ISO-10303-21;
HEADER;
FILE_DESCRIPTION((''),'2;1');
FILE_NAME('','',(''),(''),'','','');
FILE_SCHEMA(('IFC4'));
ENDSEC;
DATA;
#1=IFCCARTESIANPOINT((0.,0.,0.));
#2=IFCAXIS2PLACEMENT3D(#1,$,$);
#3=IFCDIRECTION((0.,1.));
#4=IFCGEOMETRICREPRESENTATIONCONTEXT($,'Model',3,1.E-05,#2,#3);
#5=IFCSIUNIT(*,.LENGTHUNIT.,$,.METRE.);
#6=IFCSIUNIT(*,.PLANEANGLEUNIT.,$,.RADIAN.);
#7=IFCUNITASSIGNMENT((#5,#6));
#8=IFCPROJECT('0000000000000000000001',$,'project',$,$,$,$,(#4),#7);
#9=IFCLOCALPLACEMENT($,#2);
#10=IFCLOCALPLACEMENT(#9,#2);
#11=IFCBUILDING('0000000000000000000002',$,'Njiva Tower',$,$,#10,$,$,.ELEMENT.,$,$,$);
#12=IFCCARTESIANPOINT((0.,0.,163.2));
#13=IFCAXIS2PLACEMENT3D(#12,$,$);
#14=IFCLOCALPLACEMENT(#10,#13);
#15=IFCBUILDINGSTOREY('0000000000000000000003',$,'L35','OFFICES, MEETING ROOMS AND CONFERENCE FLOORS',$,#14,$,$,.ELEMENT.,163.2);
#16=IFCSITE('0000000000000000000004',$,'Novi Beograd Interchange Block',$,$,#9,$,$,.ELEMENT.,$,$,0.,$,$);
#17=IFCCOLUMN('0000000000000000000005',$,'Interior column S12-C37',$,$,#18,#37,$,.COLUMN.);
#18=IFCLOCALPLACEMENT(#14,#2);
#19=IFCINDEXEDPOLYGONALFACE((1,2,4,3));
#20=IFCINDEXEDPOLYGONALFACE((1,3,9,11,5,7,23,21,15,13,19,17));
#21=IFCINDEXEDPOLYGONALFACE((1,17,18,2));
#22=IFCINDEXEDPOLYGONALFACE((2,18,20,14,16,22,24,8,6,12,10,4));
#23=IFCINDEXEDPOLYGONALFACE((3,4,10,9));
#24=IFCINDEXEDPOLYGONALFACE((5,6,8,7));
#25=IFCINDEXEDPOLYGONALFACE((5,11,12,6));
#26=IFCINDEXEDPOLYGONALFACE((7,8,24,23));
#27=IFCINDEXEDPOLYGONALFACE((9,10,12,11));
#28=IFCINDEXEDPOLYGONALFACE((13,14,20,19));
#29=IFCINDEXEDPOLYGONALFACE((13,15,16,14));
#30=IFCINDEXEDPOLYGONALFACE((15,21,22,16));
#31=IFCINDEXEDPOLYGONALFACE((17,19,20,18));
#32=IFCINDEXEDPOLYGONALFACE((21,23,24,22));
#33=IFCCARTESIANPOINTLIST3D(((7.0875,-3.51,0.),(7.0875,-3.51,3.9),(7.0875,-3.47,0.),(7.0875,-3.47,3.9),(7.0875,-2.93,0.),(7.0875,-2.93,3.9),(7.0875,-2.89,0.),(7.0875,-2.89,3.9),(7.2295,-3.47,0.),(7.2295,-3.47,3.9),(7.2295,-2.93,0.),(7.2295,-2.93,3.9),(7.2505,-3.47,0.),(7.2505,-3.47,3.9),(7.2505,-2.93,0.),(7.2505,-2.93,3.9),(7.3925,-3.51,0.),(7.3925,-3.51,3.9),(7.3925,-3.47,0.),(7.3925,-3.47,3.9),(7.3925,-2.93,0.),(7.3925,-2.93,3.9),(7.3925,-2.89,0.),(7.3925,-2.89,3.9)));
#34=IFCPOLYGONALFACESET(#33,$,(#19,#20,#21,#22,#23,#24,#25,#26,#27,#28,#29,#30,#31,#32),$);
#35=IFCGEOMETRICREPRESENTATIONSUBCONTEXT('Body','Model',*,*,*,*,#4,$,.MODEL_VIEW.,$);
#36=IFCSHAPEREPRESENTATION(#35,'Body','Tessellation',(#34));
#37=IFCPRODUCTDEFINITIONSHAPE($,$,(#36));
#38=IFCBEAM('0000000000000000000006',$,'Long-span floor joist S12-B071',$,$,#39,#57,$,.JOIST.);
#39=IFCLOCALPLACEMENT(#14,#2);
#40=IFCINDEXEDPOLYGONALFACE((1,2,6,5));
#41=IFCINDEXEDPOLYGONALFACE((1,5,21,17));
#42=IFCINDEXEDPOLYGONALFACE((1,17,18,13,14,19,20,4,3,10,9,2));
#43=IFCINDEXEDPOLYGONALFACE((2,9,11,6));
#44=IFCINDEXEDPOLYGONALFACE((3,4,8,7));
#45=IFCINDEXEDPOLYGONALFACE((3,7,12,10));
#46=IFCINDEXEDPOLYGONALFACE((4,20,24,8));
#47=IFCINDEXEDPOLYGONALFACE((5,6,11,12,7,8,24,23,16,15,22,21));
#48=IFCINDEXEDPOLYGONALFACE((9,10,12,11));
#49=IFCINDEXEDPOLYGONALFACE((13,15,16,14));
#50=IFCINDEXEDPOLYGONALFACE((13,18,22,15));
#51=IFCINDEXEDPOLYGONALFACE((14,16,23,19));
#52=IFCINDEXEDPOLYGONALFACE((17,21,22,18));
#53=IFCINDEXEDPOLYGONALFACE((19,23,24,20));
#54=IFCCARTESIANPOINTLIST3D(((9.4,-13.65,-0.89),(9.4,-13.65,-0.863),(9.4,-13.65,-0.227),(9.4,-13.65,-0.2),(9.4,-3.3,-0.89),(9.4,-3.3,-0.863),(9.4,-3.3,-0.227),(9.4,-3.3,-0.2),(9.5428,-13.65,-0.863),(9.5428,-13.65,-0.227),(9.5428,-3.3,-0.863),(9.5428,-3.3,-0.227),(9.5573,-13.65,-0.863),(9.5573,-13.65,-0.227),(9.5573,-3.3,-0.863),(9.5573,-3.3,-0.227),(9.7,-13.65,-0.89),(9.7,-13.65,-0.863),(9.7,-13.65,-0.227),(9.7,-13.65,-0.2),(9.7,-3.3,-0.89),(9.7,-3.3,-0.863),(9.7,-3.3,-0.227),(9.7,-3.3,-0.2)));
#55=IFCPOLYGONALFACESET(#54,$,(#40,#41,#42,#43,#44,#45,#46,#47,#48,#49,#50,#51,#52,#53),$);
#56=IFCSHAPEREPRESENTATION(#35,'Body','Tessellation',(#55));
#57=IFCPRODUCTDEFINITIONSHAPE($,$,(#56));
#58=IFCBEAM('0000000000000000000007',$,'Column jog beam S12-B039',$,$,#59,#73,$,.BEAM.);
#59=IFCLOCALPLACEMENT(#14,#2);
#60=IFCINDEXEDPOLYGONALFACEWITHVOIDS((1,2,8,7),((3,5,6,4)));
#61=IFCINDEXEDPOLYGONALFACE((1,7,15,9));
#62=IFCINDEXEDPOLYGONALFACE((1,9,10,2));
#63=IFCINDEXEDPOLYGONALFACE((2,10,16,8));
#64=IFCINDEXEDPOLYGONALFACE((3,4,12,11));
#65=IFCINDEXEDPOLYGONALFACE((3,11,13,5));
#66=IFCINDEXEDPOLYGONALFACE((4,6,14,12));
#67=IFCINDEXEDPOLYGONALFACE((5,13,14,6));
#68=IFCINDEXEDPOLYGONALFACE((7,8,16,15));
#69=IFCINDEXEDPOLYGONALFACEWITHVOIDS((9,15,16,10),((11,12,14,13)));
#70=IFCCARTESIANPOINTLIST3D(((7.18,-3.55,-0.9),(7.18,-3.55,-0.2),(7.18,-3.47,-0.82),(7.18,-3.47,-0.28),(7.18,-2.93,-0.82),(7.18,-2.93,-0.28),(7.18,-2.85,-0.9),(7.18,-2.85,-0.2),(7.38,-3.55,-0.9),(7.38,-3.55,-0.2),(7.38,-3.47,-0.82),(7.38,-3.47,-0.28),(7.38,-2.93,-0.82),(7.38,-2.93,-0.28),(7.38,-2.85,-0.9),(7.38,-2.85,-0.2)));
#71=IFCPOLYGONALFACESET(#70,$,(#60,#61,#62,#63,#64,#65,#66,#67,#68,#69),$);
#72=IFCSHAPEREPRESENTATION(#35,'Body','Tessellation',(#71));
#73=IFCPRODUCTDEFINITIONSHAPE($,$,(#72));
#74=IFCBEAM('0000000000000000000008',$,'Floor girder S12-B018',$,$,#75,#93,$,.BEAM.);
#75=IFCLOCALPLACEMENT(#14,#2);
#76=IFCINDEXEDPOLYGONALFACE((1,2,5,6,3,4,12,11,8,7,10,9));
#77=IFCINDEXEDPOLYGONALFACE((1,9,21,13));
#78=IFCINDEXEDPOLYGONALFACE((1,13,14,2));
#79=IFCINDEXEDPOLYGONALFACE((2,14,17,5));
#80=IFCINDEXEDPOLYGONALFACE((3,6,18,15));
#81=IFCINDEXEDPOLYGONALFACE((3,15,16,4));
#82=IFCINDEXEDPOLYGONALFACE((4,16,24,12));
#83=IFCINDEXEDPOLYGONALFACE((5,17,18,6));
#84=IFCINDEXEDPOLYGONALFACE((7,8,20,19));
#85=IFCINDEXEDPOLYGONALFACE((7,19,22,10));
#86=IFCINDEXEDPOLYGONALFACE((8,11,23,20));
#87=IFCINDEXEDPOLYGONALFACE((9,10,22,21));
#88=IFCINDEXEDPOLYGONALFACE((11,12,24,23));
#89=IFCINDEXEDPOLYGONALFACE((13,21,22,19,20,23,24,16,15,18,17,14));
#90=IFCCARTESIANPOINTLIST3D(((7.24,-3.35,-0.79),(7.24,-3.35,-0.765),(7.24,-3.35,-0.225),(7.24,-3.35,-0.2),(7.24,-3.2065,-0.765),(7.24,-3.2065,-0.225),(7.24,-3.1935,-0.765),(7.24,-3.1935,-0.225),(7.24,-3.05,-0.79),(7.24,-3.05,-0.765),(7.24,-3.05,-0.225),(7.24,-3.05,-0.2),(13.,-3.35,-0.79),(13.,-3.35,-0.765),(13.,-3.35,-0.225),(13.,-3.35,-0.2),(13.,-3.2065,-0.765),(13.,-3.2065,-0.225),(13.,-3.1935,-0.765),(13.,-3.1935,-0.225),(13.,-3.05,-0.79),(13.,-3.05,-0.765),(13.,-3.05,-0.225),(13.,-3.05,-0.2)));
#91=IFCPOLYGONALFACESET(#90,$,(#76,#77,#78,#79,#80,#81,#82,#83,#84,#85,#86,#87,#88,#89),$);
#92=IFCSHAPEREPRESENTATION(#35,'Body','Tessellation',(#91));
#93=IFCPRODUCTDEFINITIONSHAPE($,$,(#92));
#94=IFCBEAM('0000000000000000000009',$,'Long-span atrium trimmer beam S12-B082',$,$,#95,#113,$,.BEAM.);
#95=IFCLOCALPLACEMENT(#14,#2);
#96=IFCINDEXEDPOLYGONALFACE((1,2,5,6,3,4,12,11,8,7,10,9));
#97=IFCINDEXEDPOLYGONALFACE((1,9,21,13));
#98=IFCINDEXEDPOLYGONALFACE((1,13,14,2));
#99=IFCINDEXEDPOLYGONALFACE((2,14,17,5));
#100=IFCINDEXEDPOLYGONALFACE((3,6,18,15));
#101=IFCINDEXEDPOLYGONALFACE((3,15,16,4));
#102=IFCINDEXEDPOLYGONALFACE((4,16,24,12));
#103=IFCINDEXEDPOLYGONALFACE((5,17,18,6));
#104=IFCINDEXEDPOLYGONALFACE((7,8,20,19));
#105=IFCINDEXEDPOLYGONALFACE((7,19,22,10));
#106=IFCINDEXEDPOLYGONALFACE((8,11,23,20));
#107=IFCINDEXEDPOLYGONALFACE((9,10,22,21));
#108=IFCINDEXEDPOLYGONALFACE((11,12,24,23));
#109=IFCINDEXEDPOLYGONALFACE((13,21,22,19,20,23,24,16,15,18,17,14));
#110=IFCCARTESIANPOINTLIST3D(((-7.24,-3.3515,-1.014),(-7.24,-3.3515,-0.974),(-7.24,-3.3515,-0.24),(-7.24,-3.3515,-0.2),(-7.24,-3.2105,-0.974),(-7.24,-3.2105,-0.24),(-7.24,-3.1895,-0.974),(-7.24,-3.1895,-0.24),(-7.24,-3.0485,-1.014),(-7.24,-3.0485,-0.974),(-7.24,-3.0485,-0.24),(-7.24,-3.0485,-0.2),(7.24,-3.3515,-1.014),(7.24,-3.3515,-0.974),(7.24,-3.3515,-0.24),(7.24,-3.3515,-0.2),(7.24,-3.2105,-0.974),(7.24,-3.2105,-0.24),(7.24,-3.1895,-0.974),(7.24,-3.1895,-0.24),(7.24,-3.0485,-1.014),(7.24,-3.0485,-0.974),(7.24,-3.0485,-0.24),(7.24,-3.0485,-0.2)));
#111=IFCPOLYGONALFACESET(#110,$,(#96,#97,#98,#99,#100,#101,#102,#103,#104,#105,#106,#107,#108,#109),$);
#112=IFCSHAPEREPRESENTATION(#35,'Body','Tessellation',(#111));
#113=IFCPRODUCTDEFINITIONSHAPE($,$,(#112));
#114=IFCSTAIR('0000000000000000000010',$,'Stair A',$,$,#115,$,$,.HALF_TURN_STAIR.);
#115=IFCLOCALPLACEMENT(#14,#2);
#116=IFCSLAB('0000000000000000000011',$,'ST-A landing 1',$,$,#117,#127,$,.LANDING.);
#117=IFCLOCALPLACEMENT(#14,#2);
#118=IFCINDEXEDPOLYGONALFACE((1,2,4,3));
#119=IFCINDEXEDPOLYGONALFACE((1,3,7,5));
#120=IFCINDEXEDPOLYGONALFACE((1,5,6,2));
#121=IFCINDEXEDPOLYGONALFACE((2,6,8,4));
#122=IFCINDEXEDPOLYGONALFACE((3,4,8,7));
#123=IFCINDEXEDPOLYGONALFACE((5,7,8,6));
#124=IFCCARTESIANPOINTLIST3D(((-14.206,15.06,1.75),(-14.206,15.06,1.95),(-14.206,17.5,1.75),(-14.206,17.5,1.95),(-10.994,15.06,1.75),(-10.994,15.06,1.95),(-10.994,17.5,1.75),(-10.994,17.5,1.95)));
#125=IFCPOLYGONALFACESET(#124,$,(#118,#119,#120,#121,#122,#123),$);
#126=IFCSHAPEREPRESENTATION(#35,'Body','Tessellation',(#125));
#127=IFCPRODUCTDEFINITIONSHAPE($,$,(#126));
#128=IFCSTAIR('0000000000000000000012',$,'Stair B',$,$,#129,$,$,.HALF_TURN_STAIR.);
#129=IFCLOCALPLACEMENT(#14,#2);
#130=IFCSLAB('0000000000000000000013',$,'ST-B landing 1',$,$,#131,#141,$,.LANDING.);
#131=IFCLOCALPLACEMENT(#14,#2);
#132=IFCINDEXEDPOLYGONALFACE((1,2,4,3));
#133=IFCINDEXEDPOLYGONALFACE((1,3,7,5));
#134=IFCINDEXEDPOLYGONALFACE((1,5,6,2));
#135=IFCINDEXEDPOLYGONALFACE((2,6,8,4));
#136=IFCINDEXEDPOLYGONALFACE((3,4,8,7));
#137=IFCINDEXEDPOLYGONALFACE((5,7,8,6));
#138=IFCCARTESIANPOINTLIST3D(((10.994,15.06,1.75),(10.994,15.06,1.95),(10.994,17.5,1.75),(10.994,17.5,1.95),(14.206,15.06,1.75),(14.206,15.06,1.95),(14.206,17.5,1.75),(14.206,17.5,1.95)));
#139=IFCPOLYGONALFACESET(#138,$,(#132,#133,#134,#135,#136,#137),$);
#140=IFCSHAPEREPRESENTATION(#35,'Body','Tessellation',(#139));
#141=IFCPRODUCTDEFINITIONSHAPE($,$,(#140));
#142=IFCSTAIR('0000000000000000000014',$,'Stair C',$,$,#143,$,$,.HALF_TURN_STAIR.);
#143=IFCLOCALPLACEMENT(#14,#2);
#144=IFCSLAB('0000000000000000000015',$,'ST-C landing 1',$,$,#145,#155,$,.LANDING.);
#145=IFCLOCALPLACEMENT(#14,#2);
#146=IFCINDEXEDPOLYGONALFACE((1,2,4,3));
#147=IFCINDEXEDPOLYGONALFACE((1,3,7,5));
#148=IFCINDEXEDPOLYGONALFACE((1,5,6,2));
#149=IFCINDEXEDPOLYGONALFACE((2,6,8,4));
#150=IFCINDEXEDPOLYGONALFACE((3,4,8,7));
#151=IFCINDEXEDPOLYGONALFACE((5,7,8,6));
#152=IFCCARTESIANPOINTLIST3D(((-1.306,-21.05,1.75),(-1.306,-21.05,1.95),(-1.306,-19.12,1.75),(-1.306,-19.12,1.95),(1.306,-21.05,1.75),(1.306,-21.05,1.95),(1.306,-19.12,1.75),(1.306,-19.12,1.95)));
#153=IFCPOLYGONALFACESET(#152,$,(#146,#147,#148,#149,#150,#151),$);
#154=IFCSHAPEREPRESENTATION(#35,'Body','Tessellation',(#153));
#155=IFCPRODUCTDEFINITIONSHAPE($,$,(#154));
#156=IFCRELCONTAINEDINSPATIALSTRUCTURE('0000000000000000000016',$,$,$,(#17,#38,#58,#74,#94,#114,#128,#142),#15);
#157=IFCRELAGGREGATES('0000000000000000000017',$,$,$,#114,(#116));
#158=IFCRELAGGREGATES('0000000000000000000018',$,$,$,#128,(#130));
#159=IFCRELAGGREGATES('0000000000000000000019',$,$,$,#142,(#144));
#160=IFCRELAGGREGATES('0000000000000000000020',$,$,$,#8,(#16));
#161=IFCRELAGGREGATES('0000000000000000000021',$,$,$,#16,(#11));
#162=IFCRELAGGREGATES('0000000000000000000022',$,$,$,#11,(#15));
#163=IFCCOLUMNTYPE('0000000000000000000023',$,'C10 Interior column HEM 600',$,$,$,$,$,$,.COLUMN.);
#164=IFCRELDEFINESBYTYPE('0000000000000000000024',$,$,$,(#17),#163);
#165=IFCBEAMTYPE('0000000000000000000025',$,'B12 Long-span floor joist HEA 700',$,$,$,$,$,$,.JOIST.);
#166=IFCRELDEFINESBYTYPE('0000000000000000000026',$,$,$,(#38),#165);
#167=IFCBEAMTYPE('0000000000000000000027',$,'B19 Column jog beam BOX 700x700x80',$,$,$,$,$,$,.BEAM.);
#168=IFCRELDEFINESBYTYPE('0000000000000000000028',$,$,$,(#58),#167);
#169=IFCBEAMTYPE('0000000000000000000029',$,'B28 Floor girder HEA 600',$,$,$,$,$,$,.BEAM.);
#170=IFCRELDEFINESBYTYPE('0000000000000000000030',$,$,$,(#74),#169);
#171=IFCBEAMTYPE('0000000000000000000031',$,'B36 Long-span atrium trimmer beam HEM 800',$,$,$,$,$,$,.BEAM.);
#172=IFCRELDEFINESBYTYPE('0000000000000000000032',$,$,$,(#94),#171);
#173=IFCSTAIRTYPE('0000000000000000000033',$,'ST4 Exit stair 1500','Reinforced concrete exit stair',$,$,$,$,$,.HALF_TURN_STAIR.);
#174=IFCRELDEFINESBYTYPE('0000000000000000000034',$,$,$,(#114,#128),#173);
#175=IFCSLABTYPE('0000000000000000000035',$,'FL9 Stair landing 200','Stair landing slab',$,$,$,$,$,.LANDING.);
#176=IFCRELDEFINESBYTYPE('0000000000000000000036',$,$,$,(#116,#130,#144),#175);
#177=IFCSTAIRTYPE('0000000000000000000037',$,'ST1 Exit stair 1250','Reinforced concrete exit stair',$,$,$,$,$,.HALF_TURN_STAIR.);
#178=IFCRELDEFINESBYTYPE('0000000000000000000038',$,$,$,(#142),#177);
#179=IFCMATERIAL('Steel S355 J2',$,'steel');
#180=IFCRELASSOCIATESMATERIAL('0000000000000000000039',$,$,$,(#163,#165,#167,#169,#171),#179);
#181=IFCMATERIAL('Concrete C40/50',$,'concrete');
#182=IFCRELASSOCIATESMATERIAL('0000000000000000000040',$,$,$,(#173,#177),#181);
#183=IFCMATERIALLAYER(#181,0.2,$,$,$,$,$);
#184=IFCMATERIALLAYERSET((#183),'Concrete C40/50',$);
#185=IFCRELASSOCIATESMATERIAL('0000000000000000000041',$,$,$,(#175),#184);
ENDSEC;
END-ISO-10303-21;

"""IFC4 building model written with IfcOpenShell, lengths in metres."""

from ifc_helpers import new_model, si_unit, direction, frame, origin, origin_2d, place, context, subcontext, project, spatial, polyline, hollow_rectangle, i_section, outline, extrude, material, layer, layer_set, material_profile, profile_set, type_object, element, aggregate, save


model = new_model("IFC4")

# Units and contexts
model_context = context("Model", 3, precision=1e-05, world=origin(), true_north=direction((0.0, 1.0)))
body_context = subcontext(model_context, "Body", "Model", "MODEL_VIEW")
ifc_project = project(units=[si_unit("LENGTHUNIT", "METRE"), si_unit("PLANEANGLEUNIT", "RADIAN")], contexts=[model_context])

# Site, building, storey
site_placement = place(None, origin())
site = spatial("IfcSite", under=ifc_project, at=site_placement, Name="Novi Beograd Interchange Block", CompositionType="ELEMENT", RefElevation=0.0)
building_placement = place(site_placement, origin())
building = spatial("IfcBuilding", under=site, at=building_placement, Name="Njiva Tower", CompositionType="ELEMENT")
storey_placement = place(building_placement, frame((0.0, 0.0, 163.2)))
storey = spatial("IfcBuildingStorey", under=building, at=storey_placement, Name="L35", Description="OFFICES, MEETING ROOMS AND CONFERENCE FLOORS", CompositionType="ELEMENT", Elevation=163.2)

# Column
ifc_material_1 = material(Name="Steel S355 J2", Category="steel")
ifc_material_profile_1 = material_profile(ifc_material_1, i_section(OverallWidth=0.305, OverallDepth=0.62, WebThickness=0.021, FlangeThickness=0.04, at=origin_2d()), Name="HEM 600")
ifc_profile_set_1 = profile_set([ifc_material_profile_1], Name="Steel S355 J2")
column_type = type_object("IfcColumnType", Name="C10 Interior column HEM 600", PredefinedType="COLUMN", material=ifc_profile_set_1)
column_placement = place(storey_placement, frame((7.24, -3.2, 0.0), z_axis=(0.0, 0.0, 1.0), x_axis=(1.0, 0.0, 0.0)))
element("IfcColumn", 1, at=column_placement, inside=storey, type_object=column_type, Name="Interior column S12-C37", PredefinedType="COLUMN", context=body_context, shape_type="SweptSolid", body=[
    extrude(i_section(OverallWidth=0.305, OverallDepth=0.62, WebThickness=0.021, FlangeThickness=0.04, at=origin_2d()), origin(), (0.0, 0.0, 1.0), 3.9),
])

# Beams
ifc_material_profile_2 = material_profile(ifc_material_1, i_section(OverallWidth=0.3, OverallDepth=0.69, WebThickness=0.0145, FlangeThickness=0.027, at=origin_2d()), Name="HEA 700")
ifc_profile_set_2 = profile_set([ifc_material_profile_2], Name="Steel S355 J2")
beam_type_1 = type_object("IfcBeamType", Name="B12 Long-span floor joist HEA 700", PredefinedType="JOIST", material=ifc_profile_set_2)
beam_1_placement = place(storey_placement, frame((9.55, -3.3, -0.545), z_axis=(0.0, -1.0, 0.0), x_axis=(1.0, 0.0, 0.0)))
element("IfcBeam", 2, at=beam_1_placement, inside=storey, type_object=beam_type_1, Name="Long-span floor joist S12-B071", PredefinedType="JOIST", context=body_context, shape_type="SweptSolid", body=[
    extrude(i_section(OverallWidth=0.3, OverallDepth=0.69, WebThickness=0.0145, FlangeThickness=0.027, at=origin_2d()), origin(), (0.0, 0.0, 1.0), 10.35),
])
ifc_material_profile_3 = material_profile(ifc_material_1, hollow_rectangle(XDim=0.7, YDim=0.7, WallThickness=0.08, at=origin_2d()), Name="BOX 700x700x80")
ifc_profile_set_3 = profile_set([ifc_material_profile_3], Name="Steel S355 J2")
beam_type_2 = type_object("IfcBeamType", Name="B19 Column jog beam BOX 700x700x80", PredefinedType="BEAM", material=ifc_profile_set_3)
beam_2_placement = place(storey_placement, frame((7.38, -3.2, -0.55), z_axis=(-1.0, 0.0, 0.0), x_axis=(0.0, -1.0, 0.0)))
element("IfcBeam", 3, at=beam_2_placement, inside=storey, type_object=beam_type_2, Name="Column jog beam S12-B039", PredefinedType="BEAM", context=body_context, shape_type="SweptSolid", body=[
    extrude(hollow_rectangle(XDim=0.7, YDim=0.7, WallThickness=0.08, at=origin_2d()), origin(), (0.0, 0.0, 1.0), 0.2),
])
ifc_material_profile_4 = material_profile(ifc_material_1, i_section(OverallWidth=0.3, OverallDepth=0.59, WebThickness=0.013, FlangeThickness=0.025, at=origin_2d()), Name="HEA 600")
ifc_profile_set_4 = profile_set([ifc_material_profile_4], Name="Steel S355 J2")
beam_type_3 = type_object("IfcBeamType", Name="B28 Floor girder HEA 600", PredefinedType="BEAM", material=ifc_profile_set_4)
beam_3_placement = place(storey_placement, frame((7.24, -3.2, -0.495), z_axis=(1.0, 0.0, 0.0), x_axis=(0.0, 1.0, 0.0)))
element("IfcBeam", 4, at=beam_3_placement, inside=storey, type_object=beam_type_3, Name="Floor girder S12-B018", PredefinedType="BEAM", context=body_context, shape_type="SweptSolid", body=[
    extrude(i_section(OverallWidth=0.3, OverallDepth=0.59, WebThickness=0.013, FlangeThickness=0.025, at=origin_2d()), origin(), (0.0, 0.0, 1.0), 5.76),
])
ifc_material_profile_5 = material_profile(ifc_material_1, i_section(OverallWidth=0.303, OverallDepth=0.814, WebThickness=0.021, FlangeThickness=0.04, at=origin_2d()), Name="HEM 800")
ifc_profile_set_5 = profile_set([ifc_material_profile_5], Name="Steel S355 J2")
beam_type_4 = type_object("IfcBeamType", Name="B36 Long-span atrium trimmer beam HEM 800", PredefinedType="BEAM", material=ifc_profile_set_5)
beam_4_placement = place(storey_placement, frame((7.24, -3.2, -0.607), z_axis=(-1.0, 0.0, 0.0), x_axis=(0.0, -1.0, 0.0)))
element("IfcBeam", 5, at=beam_4_placement, inside=storey, type_object=beam_type_4, Name="Long-span atrium trimmer beam S12-B082", PredefinedType="BEAM", context=body_context, shape_type="SweptSolid", body=[
    extrude(i_section(OverallWidth=0.303, OverallDepth=0.814, WebThickness=0.021, FlangeThickness=0.04, at=origin_2d()), origin(), (0.0, 0.0, 1.0), 14.48),
])

# Stairs, slabs
ifc_material_2 = material(Name="Concrete C40/50", Category="concrete")
stair_type_1 = type_object("IfcStairType", Name="ST4 Exit stair 1500", Description="Reinforced concrete exit stair", PredefinedType="HALF_TURN_STAIR", material=ifc_material_2)
stair_1_placement = place(storey_placement, origin())
stair_1 = element("IfcStair", 6, at=stair_1_placement, inside=storey, type_object=stair_type_1, Name="Stair A", PredefinedType="HALF_TURN_STAIR")
ifc_layer_1 = layer(ifc_material_2, 0.2)
ifc_layer_set_1 = layer_set([ifc_layer_1], Name="Concrete C40/50")
slab_type_1 = type_object("IfcSlabType", Name="FL9 Stair landing 200", Description="Stair landing slab", PredefinedType="LANDING", material=ifc_layer_set_1)
slab_1_placement = place(storey_placement, frame((0.0, 0.0, 1.75)))
slab_1 = element("IfcSlab", 7, at=slab_1_placement, type_object=slab_type_1, Name="ST-A landing 1", PredefinedType="LANDING", context=body_context, shape_type="SweptSolid", body=[
    extrude(outline(polyline([(-14.206, 15.06), (-10.994, 15.06), (-10.994, 17.5), (-14.206, 17.5), (-14.206, 15.06)])), origin(), (0.0, 0.0, 1.0), 0.2),
])
aggregate(stair_1, [slab_1])
stair_2_placement = place(storey_placement, origin())
stair_2 = element("IfcStair", 8, at=stair_2_placement, inside=storey, type_object=stair_type_1, Name="Stair B", PredefinedType="HALF_TURN_STAIR")
slab_2_placement = place(storey_placement, frame((0.0, 0.0, 1.75)))
slab_2 = element("IfcSlab", 9, at=slab_2_placement, type_object=slab_type_1, Name="ST-B landing 1", PredefinedType="LANDING", context=body_context, shape_type="SweptSolid", body=[
    extrude(outline(polyline([(10.994, 15.06), (14.206, 15.06), (14.206, 17.5), (10.994, 17.5), (10.994, 15.06)])), origin(), (0.0, 0.0, 1.0), 0.2),
])
aggregate(stair_2, [slab_2])
stair_type_2 = type_object("IfcStairType", Name="ST1 Exit stair 1250", Description="Reinforced concrete exit stair", PredefinedType="HALF_TURN_STAIR", material=ifc_material_2)
stair_3_placement = place(storey_placement, origin())
stair_3 = element("IfcStair", 10, at=stair_3_placement, inside=storey, type_object=stair_type_2, Name="Stair C", PredefinedType="HALF_TURN_STAIR")
slab_3_placement = place(storey_placement, frame((0.0, 0.0, 1.75)))
slab_3 = element("IfcSlab", 11, at=slab_3_placement, type_object=slab_type_1, Name="ST-C landing 1", PredefinedType="LANDING", context=body_context, shape_type="SweptSolid", body=[
    extrude(outline(polyline([(-1.306, -21.05), (1.306, -21.05), (1.306, -19.12), (-1.306, -19.12), (-1.306, -21.05)])), origin(), (0.0, 0.0, 1.0), 0.2),
])
aggregate(stair_3, [slab_3])

save(model, "model.ifc")
